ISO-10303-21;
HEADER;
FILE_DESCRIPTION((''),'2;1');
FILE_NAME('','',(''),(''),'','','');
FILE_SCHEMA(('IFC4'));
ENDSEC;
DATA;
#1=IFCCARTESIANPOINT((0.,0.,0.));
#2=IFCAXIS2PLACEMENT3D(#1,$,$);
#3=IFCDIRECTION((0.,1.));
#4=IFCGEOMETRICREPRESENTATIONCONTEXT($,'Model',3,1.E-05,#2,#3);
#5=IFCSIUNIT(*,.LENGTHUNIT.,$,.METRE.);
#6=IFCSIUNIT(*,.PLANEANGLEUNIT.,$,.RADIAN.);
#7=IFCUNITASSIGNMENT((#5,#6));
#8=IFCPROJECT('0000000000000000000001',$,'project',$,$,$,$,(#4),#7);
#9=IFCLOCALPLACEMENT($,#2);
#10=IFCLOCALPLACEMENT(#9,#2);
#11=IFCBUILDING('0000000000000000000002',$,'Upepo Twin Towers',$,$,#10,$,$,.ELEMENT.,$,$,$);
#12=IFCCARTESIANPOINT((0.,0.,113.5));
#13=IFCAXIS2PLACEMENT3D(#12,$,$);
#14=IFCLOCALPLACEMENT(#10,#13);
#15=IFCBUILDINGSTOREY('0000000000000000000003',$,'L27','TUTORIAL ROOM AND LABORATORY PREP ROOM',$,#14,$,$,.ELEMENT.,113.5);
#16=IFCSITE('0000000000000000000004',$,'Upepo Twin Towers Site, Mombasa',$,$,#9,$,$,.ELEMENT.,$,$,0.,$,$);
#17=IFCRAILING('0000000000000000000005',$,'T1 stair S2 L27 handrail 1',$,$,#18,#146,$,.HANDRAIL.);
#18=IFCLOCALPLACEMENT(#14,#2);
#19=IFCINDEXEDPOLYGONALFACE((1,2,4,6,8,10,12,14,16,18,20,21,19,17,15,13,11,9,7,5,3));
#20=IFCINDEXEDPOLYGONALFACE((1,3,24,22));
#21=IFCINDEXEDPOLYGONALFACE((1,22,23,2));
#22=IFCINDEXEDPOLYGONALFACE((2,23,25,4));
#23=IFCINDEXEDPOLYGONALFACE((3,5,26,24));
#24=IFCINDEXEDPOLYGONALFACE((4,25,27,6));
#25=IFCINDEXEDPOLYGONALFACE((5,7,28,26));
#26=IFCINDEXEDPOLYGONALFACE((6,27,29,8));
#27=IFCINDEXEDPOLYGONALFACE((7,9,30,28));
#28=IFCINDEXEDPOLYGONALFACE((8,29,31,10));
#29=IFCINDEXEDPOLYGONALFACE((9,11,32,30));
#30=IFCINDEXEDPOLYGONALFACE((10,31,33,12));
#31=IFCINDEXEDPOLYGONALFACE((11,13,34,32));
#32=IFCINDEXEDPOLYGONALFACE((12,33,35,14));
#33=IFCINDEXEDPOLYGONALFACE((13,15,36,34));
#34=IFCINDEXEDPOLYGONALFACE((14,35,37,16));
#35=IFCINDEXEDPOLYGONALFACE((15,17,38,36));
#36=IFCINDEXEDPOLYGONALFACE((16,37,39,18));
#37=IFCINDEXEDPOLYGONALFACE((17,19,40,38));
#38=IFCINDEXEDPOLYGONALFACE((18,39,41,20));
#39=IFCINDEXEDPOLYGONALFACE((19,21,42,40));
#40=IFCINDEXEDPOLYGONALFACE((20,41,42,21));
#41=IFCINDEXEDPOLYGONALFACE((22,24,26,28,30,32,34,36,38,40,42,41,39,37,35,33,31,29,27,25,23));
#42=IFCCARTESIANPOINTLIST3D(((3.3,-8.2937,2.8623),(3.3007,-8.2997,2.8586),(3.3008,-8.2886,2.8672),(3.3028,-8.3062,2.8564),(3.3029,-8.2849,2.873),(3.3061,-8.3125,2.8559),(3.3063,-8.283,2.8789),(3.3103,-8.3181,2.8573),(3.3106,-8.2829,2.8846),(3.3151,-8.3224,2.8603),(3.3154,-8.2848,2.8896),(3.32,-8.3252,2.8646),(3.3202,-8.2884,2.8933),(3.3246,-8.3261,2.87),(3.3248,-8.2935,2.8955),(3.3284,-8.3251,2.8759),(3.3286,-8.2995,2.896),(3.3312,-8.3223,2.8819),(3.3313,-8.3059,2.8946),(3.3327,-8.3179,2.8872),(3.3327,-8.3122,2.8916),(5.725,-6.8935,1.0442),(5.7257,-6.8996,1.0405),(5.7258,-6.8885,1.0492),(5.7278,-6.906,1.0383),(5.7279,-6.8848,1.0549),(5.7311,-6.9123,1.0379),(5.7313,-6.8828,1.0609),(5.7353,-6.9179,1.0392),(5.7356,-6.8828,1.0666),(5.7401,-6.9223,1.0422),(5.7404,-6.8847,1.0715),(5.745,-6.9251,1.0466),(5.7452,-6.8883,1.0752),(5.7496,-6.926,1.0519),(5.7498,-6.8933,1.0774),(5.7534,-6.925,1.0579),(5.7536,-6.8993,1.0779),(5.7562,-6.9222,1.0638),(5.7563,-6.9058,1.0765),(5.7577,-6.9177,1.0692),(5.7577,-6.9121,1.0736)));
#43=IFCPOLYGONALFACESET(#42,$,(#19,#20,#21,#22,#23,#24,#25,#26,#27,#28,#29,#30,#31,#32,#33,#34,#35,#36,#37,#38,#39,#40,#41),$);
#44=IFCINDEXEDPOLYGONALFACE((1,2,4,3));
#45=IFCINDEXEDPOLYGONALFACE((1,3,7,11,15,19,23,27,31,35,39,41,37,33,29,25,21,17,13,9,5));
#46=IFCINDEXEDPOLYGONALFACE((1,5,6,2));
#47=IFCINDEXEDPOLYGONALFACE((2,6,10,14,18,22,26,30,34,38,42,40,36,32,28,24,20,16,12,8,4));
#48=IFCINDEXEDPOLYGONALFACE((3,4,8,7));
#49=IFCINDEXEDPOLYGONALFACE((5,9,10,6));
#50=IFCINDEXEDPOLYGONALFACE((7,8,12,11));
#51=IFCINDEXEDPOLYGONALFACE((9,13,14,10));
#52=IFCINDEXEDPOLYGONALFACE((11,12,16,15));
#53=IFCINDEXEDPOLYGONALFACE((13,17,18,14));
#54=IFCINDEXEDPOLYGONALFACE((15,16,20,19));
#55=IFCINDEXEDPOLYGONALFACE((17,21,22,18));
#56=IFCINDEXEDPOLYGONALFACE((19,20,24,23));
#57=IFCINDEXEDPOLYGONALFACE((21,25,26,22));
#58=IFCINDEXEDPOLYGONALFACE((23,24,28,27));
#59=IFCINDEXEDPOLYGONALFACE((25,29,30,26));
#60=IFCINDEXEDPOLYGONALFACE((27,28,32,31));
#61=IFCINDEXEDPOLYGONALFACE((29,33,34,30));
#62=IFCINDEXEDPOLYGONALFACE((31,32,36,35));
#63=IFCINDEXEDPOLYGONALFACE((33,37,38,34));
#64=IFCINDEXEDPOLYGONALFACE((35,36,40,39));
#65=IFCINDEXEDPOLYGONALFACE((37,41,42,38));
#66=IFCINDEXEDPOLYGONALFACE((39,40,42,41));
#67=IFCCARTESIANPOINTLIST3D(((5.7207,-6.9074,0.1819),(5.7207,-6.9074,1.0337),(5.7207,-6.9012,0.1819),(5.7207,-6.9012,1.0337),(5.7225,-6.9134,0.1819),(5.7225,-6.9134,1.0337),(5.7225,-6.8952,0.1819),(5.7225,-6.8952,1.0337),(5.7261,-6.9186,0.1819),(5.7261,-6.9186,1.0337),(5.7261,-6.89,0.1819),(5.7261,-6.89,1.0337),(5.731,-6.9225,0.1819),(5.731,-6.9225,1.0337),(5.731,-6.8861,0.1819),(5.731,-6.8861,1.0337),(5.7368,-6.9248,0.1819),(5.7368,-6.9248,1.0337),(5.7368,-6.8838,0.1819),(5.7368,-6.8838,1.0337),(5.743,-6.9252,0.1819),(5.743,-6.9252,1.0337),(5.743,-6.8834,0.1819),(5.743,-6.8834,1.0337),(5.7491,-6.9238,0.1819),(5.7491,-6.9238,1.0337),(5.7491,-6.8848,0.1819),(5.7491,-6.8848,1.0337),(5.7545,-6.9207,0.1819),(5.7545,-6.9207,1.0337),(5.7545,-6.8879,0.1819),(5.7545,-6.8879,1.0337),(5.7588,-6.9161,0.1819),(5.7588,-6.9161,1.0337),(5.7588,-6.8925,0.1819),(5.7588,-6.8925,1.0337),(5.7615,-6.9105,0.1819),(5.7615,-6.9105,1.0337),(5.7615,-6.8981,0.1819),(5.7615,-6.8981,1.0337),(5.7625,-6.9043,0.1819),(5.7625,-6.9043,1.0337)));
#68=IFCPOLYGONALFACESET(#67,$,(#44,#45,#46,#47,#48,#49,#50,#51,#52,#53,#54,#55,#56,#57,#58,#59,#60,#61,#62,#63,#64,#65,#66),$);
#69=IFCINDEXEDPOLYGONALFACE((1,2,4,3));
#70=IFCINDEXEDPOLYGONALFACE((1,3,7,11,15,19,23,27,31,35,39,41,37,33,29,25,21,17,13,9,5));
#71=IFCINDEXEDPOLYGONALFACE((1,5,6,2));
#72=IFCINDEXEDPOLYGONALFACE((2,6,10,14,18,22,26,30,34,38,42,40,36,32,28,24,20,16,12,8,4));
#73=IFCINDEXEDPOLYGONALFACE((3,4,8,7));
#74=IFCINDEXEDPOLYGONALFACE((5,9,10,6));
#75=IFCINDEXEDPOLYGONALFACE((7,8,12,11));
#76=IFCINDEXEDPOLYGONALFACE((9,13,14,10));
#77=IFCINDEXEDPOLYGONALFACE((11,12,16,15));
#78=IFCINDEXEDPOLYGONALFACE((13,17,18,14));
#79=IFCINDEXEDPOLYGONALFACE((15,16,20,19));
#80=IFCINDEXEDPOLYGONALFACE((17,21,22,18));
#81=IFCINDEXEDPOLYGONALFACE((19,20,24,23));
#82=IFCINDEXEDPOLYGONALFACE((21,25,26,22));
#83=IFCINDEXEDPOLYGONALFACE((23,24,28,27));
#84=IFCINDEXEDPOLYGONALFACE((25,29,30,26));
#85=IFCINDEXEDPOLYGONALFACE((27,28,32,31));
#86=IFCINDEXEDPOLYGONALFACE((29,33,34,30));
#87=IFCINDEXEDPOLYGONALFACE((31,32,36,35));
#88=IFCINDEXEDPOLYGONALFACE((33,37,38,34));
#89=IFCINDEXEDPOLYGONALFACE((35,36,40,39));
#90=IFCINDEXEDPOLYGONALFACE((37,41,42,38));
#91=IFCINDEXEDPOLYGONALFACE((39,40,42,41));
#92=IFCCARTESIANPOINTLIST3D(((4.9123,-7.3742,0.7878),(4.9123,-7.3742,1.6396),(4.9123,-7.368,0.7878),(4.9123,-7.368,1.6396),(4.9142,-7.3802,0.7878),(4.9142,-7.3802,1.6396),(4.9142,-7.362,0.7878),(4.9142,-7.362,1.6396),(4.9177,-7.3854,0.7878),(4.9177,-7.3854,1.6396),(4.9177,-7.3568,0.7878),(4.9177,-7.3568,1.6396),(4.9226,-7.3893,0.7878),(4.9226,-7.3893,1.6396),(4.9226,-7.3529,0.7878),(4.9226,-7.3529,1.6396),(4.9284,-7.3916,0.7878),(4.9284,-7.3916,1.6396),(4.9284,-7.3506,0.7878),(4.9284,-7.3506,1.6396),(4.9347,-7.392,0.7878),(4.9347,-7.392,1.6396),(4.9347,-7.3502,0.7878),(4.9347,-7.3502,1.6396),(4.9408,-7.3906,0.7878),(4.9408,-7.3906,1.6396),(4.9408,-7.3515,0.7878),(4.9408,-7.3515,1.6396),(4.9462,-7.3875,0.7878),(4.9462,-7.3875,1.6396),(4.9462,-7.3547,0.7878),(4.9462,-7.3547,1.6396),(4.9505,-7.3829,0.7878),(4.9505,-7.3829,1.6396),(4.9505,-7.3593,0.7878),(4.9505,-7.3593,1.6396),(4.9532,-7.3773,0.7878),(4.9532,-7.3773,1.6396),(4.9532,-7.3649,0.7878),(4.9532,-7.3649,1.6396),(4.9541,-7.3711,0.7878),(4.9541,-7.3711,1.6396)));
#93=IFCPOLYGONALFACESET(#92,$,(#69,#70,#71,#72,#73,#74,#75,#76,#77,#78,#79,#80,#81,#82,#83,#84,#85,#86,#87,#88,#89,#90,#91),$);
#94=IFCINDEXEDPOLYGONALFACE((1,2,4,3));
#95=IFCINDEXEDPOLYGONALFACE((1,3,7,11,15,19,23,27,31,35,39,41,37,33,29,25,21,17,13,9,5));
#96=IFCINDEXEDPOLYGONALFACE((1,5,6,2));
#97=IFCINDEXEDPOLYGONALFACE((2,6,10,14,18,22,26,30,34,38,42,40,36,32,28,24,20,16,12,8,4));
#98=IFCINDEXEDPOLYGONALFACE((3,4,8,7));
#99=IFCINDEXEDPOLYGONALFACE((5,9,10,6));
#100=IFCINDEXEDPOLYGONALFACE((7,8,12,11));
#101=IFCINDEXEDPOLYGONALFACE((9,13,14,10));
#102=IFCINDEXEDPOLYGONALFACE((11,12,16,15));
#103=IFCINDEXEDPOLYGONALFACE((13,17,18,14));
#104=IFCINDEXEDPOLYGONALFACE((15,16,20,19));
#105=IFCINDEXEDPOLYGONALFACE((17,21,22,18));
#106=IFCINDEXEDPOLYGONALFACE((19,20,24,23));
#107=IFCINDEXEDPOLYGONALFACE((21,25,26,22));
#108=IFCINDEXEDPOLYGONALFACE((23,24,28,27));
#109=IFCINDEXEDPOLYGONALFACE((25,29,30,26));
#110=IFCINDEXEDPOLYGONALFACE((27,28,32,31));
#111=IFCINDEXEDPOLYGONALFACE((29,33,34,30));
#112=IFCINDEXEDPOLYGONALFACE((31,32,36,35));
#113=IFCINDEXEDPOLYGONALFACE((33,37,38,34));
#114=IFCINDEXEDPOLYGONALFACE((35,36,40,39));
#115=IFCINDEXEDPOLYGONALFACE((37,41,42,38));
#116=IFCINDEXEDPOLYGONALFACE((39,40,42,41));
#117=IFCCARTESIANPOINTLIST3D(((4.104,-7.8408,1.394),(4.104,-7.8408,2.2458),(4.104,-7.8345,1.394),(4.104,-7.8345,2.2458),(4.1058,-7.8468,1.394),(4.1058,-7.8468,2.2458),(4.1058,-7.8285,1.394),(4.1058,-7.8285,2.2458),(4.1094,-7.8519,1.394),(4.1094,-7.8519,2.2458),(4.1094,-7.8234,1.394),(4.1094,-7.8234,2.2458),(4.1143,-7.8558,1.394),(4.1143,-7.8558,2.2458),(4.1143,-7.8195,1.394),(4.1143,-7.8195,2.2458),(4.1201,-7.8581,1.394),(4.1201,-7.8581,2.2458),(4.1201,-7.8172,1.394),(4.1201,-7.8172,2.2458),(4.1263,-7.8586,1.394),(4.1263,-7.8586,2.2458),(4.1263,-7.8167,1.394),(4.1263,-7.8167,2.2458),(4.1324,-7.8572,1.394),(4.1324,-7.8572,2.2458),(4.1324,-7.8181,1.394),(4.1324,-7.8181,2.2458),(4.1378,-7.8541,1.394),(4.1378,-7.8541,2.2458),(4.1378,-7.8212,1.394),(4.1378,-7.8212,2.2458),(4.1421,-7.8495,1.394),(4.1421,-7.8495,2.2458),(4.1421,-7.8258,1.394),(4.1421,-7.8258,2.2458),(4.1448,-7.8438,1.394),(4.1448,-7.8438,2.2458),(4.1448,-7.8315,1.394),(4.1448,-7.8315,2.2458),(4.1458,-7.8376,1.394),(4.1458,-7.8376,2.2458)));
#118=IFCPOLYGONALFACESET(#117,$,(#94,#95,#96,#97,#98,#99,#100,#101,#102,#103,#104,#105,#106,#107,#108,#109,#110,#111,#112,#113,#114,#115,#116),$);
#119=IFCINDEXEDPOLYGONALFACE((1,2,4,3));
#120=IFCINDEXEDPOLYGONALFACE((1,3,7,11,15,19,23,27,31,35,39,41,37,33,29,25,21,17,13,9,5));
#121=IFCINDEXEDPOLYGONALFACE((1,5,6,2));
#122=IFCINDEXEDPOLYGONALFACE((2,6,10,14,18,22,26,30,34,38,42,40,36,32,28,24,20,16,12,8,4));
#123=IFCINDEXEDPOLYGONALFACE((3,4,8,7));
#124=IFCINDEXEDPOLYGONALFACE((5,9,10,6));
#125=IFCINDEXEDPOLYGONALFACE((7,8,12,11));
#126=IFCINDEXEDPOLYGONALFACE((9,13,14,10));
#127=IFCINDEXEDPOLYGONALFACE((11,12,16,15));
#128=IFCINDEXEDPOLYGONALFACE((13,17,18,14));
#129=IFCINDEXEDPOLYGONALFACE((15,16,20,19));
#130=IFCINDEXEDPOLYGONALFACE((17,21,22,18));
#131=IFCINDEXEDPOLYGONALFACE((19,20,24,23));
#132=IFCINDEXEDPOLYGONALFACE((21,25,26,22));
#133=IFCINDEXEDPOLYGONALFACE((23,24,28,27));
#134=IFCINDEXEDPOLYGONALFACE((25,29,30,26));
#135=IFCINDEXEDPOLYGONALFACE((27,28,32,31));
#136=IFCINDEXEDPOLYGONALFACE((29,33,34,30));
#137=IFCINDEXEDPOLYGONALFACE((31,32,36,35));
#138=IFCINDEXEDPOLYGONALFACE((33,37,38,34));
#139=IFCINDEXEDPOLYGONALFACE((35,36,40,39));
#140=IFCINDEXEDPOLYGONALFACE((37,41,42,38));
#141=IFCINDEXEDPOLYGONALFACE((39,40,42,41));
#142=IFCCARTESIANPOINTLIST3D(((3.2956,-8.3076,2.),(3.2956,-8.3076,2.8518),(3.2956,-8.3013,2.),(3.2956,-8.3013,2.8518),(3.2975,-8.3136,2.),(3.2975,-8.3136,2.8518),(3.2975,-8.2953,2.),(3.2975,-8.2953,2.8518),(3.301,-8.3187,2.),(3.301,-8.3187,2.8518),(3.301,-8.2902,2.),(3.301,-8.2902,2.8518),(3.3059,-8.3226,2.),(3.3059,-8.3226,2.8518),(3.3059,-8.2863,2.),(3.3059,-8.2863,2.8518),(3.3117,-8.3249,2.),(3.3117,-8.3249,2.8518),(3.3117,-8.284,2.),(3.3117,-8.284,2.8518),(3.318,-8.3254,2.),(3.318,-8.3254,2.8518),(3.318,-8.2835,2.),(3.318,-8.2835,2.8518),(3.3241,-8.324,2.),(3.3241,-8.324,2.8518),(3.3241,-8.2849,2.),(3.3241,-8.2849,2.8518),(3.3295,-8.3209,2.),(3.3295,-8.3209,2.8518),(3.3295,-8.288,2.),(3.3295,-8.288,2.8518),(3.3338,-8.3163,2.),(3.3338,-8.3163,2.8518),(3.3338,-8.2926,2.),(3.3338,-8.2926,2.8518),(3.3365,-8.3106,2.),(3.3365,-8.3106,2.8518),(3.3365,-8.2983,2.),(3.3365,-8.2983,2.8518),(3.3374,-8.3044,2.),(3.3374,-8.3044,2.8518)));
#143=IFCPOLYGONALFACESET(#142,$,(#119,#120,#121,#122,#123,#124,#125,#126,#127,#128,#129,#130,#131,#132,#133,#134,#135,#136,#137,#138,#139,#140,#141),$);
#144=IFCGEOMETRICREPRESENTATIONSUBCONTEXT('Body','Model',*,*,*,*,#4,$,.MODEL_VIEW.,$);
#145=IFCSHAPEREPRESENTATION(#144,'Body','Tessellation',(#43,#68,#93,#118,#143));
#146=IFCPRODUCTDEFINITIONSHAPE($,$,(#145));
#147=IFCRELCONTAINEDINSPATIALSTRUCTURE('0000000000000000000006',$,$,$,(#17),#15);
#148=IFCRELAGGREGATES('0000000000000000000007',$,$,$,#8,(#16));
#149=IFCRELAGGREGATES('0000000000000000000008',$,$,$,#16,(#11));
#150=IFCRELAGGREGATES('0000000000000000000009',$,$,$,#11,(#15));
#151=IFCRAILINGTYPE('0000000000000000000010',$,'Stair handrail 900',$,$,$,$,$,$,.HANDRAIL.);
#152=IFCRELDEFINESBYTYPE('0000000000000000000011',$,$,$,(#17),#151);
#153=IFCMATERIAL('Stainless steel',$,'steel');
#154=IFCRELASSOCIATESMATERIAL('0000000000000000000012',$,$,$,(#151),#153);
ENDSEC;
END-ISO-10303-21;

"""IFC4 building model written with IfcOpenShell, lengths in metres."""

from ifc_helpers import new_model, si_unit, direction, frame, origin, origin_2d, place, context, subcontext, project, spatial, circle, extrude, material, type_object, element, save


model = new_model("IFC4")

# Units and contexts
model_context = context("Model", 3, precision=1e-05, world=origin(), true_north=direction((0.0, 1.0)))
body_context = subcontext(model_context, "Body", "Model", "MODEL_VIEW")
ifc_project = project(units=[si_unit("LENGTHUNIT", "METRE"), si_unit("PLANEANGLEUNIT", "RADIAN")], contexts=[model_context])

# Site, building, storey
site_placement = place(None, origin())
site = spatial("IfcSite", under=ifc_project, at=site_placement, Name="Upepo Twin Towers Site, Mombasa", CompositionType="ELEMENT", RefElevation=0.0)
building_placement = place(site_placement, origin())
building = spatial("IfcBuilding", under=site, at=building_placement, Name="Upepo Twin Towers", CompositionType="ELEMENT")
storey_placement = place(building_placement, frame((0.0, 0.0, 113.5)))
storey = spatial("IfcBuildingStorey", under=building, at=storey_placement, Name="L27", Description="TUTORIAL ROOM AND LABORATORY PREP ROOM", CompositionType="ELEMENT", Elevation=113.5)

# Railing
ifc_material_1 = material(Name="Stainless steel", Category="steel")
railing_type = type_object("IfcRailingType", Name="Stair handrail 900", PredefinedType="HANDRAIL", material=ifc_material_1)
railing_1_placement = place(storey_placement, frame((5.7415, -6.9043, 0.1819)))
element("IfcRailing", 1, at=railing_1_placement, inside=storey, type_object=railing_type, Name="T1 stair S2 L27 handrail 1", PredefinedType="HANDRAIL", context=body_context, shape_type="SweptSolid", body=[
    extrude(circle(Radius=0.0239, at=origin_2d()), frame((0.0, 0.0, 0.876), z_axis=(-0.726349, -0.419371, 0.54456), x_axis=(0.500012, -0.866019, 0.0)), (0.0, 0.0, 1.0), 3.3386),
    extrude(circle(Radius=0.021, at=origin_2d()), origin(), (0.0, 0.0, 1.0), 0.8518),
    extrude(circle(Radius=0.021, at=origin_2d()), frame((-0.8083, -0.4668, 0.606)), (0.0, 0.0, 1.0), 0.8518),
    extrude(circle(Radius=0.021, at=origin_2d()), frame((-1.6167, -0.9333, 1.2122)), (0.0, 0.0, 1.0), 0.8518),
    extrude(circle(Radius=0.021, at=origin_2d()), frame((-2.425, -1.4001, 1.8181)), (0.0, 0.0, 1.0), 0.8518),
])

save(model, "model.ifc")
